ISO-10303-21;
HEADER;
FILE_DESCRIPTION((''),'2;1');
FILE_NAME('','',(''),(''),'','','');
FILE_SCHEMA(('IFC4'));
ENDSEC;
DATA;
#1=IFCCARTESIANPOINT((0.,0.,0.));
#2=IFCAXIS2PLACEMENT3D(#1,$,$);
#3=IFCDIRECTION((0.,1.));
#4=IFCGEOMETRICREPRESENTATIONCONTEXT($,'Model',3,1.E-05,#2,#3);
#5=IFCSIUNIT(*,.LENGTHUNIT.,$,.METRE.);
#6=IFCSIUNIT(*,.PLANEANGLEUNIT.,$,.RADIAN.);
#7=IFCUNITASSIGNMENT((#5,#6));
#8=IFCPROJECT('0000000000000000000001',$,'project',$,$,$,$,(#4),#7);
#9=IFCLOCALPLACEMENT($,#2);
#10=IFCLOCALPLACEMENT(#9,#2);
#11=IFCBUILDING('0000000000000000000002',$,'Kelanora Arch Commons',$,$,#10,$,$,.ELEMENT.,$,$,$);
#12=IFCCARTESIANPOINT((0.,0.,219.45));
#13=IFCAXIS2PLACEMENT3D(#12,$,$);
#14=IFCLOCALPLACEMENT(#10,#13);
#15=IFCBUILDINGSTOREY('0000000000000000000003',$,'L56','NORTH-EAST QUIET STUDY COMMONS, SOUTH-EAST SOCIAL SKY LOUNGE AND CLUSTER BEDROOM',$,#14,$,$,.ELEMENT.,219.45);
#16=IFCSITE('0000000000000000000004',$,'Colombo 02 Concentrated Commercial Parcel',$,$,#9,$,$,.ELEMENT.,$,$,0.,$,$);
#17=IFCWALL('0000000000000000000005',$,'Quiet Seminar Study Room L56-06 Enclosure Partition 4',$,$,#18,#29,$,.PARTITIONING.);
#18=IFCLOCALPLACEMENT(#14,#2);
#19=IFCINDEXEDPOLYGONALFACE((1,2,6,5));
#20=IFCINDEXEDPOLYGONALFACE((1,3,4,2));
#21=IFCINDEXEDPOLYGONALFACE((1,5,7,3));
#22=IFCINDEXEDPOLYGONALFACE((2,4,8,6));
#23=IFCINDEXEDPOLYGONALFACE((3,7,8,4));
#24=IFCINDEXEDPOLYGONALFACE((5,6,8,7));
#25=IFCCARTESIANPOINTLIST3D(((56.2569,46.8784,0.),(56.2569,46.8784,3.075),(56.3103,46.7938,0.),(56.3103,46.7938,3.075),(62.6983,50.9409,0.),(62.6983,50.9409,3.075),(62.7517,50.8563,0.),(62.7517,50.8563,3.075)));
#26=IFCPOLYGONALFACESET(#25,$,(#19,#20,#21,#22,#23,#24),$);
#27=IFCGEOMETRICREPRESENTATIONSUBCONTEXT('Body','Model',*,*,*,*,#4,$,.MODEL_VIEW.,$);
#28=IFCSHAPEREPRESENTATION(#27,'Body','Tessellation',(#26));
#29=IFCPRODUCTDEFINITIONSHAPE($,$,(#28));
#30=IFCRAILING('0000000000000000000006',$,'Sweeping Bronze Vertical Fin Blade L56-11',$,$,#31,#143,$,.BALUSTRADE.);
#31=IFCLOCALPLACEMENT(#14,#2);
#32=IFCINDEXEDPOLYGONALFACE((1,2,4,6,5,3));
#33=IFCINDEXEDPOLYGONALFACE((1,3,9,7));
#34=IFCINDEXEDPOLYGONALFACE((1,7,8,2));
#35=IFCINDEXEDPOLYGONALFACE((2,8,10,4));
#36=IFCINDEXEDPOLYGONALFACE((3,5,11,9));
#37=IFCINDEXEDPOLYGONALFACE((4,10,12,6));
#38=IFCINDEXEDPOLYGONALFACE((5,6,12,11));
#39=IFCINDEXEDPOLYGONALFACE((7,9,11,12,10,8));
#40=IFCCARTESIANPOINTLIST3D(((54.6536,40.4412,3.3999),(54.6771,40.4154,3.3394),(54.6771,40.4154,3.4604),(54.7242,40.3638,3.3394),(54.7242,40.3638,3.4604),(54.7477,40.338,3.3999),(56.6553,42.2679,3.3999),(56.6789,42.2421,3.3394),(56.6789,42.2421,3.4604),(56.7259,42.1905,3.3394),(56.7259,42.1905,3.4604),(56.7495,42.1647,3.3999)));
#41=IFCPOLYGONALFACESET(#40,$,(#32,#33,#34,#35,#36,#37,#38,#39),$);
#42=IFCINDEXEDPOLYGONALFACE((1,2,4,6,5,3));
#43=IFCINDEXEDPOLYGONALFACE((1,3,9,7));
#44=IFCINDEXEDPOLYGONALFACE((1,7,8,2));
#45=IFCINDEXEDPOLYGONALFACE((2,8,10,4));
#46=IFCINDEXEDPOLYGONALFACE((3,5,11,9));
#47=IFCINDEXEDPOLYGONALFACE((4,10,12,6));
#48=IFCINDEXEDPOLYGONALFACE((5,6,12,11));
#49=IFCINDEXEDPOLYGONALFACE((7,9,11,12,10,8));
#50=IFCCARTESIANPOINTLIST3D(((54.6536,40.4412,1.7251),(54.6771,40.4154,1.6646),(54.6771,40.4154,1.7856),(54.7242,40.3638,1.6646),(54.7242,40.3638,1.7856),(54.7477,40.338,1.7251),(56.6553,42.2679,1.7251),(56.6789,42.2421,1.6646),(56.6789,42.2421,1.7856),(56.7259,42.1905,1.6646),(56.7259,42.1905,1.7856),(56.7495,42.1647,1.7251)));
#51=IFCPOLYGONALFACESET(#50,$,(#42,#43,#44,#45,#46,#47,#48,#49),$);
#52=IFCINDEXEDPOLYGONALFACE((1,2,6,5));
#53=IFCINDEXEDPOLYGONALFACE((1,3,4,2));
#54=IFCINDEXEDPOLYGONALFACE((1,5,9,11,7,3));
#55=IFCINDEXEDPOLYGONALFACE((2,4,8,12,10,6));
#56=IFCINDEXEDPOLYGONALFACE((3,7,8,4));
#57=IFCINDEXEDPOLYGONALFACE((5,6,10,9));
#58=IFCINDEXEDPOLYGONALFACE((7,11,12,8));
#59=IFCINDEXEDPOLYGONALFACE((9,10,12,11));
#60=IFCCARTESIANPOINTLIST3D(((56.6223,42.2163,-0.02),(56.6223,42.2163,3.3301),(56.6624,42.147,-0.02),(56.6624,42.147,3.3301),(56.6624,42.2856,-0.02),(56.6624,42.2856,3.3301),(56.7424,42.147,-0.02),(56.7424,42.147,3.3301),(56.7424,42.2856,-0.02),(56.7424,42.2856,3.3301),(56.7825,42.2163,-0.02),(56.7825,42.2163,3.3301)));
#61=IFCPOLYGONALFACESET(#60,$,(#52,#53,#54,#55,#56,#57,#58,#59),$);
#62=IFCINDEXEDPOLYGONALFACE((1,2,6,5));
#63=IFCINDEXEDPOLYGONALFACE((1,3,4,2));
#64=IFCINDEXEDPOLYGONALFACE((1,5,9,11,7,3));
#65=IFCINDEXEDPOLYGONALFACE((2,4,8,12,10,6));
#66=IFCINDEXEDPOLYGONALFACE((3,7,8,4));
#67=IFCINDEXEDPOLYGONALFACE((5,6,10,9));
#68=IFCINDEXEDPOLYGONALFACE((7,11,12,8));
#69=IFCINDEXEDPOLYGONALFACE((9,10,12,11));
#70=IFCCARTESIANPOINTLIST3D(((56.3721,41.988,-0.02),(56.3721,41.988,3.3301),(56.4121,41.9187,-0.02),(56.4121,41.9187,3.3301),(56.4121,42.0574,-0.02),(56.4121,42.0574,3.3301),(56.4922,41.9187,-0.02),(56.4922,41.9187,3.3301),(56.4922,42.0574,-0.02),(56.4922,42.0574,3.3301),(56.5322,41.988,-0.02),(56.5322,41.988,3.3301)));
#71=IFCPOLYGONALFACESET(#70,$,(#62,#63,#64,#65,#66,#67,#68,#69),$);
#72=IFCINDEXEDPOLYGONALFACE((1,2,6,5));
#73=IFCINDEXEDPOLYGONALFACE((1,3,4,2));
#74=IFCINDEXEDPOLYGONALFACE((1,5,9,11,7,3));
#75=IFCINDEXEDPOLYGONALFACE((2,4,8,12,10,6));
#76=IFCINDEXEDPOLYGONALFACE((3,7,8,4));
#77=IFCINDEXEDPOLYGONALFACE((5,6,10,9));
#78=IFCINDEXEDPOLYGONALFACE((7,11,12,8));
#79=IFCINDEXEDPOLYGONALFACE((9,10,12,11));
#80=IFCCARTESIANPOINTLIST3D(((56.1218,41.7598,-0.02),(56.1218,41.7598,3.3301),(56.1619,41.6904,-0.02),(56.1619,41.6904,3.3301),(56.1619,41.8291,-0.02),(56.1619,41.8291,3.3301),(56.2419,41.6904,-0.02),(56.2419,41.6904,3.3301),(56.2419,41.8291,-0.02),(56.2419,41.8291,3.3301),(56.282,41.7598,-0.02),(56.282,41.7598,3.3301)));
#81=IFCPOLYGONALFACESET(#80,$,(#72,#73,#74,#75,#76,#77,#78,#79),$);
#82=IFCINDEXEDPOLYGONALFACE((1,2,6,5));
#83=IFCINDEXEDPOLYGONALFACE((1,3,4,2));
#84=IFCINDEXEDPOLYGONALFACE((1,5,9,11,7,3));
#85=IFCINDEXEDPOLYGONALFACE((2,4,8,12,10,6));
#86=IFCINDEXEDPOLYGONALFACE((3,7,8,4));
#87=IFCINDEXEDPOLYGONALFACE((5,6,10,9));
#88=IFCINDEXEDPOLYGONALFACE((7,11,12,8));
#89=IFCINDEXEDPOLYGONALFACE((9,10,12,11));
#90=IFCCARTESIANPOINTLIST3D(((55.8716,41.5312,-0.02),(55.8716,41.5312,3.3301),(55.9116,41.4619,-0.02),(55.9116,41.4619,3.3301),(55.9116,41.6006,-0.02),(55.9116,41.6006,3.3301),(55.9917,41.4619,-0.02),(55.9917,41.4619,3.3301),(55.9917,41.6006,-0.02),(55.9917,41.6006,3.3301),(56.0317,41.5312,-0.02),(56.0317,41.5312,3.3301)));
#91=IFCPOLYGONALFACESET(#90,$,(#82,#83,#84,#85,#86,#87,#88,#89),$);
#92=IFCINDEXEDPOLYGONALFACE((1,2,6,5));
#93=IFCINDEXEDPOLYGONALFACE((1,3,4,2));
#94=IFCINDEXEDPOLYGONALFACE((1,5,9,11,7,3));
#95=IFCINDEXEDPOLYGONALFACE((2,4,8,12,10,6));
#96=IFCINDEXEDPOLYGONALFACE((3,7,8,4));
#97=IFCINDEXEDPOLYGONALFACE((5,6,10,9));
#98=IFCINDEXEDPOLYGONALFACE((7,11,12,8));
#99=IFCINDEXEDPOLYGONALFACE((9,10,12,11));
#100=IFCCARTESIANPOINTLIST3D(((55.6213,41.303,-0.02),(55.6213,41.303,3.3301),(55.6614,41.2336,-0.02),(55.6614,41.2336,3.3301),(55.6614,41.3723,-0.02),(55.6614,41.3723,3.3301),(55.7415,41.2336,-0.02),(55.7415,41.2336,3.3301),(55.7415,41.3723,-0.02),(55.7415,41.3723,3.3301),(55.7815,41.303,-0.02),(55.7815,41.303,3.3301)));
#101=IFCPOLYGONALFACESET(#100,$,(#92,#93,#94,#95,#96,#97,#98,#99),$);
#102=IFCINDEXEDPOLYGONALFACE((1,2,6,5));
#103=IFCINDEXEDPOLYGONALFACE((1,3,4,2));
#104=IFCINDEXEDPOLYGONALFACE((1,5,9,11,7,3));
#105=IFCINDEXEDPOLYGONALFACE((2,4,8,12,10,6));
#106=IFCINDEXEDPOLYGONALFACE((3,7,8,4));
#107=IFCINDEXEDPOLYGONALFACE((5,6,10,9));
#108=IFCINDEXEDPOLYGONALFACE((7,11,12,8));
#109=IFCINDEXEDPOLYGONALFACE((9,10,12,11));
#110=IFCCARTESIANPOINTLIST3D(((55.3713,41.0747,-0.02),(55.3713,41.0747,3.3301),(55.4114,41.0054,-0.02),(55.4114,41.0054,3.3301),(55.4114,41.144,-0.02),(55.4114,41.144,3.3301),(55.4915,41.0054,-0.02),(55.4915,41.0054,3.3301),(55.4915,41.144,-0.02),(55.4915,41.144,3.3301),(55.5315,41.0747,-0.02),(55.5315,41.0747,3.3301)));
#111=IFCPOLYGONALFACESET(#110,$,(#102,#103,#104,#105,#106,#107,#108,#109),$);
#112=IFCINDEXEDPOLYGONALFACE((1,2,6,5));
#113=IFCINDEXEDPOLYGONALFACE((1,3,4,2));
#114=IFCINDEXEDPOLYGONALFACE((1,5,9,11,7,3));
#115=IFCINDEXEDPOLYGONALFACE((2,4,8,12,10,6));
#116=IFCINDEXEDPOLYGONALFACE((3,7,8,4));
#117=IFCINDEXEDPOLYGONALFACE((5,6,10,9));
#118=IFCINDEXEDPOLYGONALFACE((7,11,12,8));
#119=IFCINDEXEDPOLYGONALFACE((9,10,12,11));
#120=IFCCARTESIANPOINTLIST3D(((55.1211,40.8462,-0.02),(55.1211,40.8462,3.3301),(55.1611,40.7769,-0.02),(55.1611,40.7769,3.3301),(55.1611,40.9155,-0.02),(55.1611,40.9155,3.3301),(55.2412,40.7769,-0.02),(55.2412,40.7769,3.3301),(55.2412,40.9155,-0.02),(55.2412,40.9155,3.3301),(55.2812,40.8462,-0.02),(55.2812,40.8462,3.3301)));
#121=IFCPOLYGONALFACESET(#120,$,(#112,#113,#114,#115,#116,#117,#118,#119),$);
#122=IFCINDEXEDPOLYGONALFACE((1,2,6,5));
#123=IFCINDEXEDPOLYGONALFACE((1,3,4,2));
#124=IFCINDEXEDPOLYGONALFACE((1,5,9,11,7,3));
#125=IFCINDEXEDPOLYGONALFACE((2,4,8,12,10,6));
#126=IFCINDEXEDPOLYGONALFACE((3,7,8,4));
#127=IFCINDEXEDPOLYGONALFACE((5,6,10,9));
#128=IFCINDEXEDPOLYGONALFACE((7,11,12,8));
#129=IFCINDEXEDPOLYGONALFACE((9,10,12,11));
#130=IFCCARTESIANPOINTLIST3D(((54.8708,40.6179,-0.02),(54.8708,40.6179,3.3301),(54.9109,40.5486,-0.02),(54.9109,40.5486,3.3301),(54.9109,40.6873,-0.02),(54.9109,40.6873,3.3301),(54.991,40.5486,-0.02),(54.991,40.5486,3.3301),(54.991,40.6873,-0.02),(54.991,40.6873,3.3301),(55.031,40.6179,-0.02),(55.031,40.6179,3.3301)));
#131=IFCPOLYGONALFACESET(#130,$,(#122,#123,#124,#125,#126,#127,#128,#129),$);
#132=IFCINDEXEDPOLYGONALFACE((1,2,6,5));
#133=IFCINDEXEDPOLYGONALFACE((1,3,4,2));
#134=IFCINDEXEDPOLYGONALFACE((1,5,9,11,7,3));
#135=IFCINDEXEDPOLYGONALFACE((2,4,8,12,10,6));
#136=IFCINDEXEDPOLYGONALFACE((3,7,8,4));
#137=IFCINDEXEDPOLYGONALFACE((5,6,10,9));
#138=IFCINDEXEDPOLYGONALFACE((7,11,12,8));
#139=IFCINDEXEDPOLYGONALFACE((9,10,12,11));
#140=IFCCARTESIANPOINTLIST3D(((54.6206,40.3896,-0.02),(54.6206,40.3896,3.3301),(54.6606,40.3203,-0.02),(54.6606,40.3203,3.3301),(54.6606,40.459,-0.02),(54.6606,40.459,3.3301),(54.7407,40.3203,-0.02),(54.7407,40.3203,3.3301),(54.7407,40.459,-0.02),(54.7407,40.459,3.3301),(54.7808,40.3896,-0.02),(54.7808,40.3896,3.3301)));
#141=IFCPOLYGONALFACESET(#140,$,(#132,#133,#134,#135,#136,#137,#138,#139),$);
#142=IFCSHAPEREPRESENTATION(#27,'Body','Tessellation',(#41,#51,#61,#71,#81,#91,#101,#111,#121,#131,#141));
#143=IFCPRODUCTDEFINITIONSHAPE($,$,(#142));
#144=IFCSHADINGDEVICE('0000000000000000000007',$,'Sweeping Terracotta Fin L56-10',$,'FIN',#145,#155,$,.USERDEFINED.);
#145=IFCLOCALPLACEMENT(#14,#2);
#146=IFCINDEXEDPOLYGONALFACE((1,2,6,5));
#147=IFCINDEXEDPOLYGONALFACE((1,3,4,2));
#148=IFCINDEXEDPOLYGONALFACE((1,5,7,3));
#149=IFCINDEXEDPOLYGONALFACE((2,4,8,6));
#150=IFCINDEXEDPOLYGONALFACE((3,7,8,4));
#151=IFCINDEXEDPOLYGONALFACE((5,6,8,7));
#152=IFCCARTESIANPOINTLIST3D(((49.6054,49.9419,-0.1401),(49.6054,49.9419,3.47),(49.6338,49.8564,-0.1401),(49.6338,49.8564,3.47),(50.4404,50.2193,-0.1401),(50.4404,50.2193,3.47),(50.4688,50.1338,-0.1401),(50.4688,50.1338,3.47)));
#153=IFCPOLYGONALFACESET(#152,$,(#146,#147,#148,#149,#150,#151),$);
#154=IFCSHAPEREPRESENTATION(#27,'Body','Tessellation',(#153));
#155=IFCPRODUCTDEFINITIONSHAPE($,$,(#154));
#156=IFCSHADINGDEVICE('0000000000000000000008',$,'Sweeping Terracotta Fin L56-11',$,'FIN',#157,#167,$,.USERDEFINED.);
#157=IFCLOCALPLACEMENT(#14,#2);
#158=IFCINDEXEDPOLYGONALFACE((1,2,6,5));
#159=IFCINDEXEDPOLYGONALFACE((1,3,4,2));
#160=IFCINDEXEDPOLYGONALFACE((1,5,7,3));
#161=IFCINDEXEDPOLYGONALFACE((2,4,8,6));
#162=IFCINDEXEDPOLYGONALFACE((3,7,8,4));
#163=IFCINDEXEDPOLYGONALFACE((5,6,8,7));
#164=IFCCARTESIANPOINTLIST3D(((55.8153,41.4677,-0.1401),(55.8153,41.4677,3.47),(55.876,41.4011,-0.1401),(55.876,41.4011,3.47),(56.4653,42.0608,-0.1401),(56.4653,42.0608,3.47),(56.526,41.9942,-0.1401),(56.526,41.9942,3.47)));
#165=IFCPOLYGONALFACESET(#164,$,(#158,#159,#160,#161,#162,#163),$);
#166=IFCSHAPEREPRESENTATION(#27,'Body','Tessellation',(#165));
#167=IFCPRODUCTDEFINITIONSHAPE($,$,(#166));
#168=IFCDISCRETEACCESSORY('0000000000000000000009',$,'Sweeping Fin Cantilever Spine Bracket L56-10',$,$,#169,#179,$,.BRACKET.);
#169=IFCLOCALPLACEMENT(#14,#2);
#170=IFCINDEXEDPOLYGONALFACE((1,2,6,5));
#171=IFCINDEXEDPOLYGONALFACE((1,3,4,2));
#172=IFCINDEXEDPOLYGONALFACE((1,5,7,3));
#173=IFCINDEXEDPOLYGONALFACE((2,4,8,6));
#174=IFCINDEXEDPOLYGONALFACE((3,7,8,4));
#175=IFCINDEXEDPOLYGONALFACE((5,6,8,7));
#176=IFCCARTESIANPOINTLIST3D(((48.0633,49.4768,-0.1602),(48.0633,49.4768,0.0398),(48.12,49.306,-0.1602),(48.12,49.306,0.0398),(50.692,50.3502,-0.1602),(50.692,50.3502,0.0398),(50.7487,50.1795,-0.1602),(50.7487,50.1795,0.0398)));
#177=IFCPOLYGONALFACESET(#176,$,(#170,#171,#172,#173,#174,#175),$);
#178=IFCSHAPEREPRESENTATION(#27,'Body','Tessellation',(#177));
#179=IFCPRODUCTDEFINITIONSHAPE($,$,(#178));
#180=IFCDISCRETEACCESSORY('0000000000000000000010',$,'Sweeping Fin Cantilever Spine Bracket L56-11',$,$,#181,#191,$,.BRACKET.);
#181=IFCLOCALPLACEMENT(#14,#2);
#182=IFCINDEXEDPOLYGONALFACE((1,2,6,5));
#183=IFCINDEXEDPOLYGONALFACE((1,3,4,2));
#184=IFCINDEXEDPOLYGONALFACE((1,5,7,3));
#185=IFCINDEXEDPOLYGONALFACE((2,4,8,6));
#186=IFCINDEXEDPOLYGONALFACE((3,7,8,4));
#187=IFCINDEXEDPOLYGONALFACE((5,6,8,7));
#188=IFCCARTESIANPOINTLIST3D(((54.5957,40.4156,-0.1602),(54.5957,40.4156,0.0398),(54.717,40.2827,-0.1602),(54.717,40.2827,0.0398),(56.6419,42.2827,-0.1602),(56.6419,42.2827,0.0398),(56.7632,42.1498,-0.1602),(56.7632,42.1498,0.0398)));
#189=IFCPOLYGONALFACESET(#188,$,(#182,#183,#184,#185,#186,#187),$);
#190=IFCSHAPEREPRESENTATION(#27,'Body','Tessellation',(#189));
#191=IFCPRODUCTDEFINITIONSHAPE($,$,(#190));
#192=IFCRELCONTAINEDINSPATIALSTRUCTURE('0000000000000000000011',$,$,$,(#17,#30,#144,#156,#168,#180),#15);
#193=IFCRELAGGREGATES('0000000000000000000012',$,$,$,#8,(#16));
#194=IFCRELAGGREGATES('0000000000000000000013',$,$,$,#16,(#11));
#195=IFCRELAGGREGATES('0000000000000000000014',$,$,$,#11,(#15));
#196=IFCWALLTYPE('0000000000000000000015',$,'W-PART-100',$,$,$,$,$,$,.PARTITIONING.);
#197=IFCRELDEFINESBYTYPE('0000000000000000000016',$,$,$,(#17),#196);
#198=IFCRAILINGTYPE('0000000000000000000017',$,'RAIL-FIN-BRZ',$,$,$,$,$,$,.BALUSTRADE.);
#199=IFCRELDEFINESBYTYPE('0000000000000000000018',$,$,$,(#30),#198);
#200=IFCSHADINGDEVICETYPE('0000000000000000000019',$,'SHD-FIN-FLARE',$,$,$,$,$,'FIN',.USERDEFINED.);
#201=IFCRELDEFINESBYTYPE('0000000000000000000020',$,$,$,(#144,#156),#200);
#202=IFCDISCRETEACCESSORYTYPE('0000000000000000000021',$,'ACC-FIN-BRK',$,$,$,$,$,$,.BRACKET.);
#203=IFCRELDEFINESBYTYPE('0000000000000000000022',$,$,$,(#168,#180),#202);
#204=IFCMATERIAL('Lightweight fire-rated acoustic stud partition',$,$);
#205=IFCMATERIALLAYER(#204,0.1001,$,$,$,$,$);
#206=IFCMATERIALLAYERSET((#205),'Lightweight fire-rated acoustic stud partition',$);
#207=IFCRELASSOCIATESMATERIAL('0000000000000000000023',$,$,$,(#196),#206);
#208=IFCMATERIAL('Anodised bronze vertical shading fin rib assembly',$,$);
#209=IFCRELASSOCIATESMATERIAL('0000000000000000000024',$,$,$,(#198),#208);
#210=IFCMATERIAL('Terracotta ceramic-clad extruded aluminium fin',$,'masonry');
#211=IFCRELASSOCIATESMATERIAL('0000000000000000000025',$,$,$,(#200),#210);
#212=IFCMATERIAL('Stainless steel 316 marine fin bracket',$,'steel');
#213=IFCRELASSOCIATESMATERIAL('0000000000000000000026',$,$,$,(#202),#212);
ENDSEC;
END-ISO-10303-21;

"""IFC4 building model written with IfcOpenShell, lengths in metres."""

from ifc_helpers import new_model, si_unit, direction, frame, frame_2d, origin, origin_2d, place, context, subcontext, project, spatial, polyline, rectangle, outline, extrude, source, transform, mapped, material, layer, layer_set, type_object, element, save


model = new_model("IFC4")

# Units and contexts
model_context = context("Model", 3, precision=1e-05, world=origin(), true_north=direction((0.0, 1.0)))
body_context = subcontext(model_context, "Body", "Model", "MODEL_VIEW")
ifc_project = project(units=[si_unit("LENGTHUNIT", "METRE"), si_unit("PLANEANGLEUNIT", "RADIAN")], contexts=[model_context])

# Site, building, storey
site_placement = place(None, origin())
site = spatial("IfcSite", under=ifc_project, at=site_placement, Name="Colombo 02 Concentrated Commercial Parcel", CompositionType="ELEMENT", RefElevation=0.0)
building_placement = place(site_placement, origin())
building = spatial("IfcBuilding", under=site, at=building_placement, Name="Kelanora Arch Commons", CompositionType="ELEMENT")
storey_placement = place(building_placement, frame((0.0, 0.0, 219.45)))
storey = spatial("IfcBuildingStorey", under=building, at=storey_placement, Name="L56", Description="NORTH-EAST QUIET STUDY COMMONS, SOUTH-EAST SOCIAL SKY LOUNGE AND CLUSTER BEDROOM", CompositionType="ELEMENT", Elevation=219.45)

# Wall
ifc_material_1 = material(Name="Lightweight fire-rated acoustic stud partition")
ifc_layer_1 = layer(ifc_material_1, 0.1001)
ifc_layer_set_1 = layer_set([ifc_layer_1], Name="Lightweight fire-rated acoustic stud partition")
wall_type_1 = type_object("IfcWallType", Name="W-PART-100", PredefinedType="PARTITIONING", material=ifc_layer_set_1)
wall_1_placement = place(storey_placement, frame((56.2837, 46.8362, 0.0), z_axis=(0.0, 0.0, 1.0), x_axis=(0.84583, 0.533453, 0.0)))
element("IfcWall", 1, at=wall_1_placement, inside=storey, type_object=wall_type_1, Name="Quiet Seminar Study Room L56-06 Enclosure Partition 4", PredefinedType="PARTITIONING", context=body_context, shape_type="SweptSolid", body=[
    extrude(rectangle(XDim=7.6155, YDim=0.1001, at=frame_2d((3.8076, 0.0))), origin(), (0.0, 0.0, 1.0), 3.075),
])

# Railing
ifc_material_2 = material(Name="Anodised bronze vertical shading fin rib assembly")
railing_type = type_object("IfcRailingType", Name="RAIL-FIN-BRZ", PredefinedType="BALUSTRADE", material=ifc_material_2)
railing_placement = place(storey_placement, frame((56.7024, 42.2163, -0.02)))
element("IfcRailing", 2, at=railing_placement, inside=storey, type_object=railing_type, Name="Sweeping Bronze Vertical Fin Blade L56-11", PredefinedType="BALUSTRADE", context=body_context, shape_type="SweptSolid", body=[
    extrude(outline(polyline([(0.0698, 0.0), (0.0349, 0.0605), (-0.0349, 0.0605), (-0.0698, 0.0), (-0.0349, -0.0605), (0.0349, -0.0605), (0.0698, 0.0)])), frame((0.0, 0.0, 3.4199), z_axis=(-0.738667, -0.674071, 0.0), x_axis=(0.674071, -0.738667, 0.0)), (0.0, 0.0, 1.0), 2.71),
    extrude(outline(polyline([(0.0698, 0.0), (0.0349, 0.0605), (-0.0349, 0.0605), (-0.0698, 0.0), (-0.0349, -0.0605), (0.0349, -0.0605), (0.0698, 0.0)])), frame((0.0, 0.0, 1.7451), z_axis=(-0.738667, -0.674071, 0.0), x_axis=(0.674071, -0.738667, 0.0)), (0.0, 0.0, 1.0), 2.71),
    extrude(outline(polyline([(0.0801, 0.0), (0.04, 0.0693), (-0.04, 0.0693), (-0.0801, 0.0), (-0.04, -0.0693), (0.04, -0.0693), (0.0801, 0.0)])), origin(), (0.0, 0.0, 1.0), 3.3501),
    extrude(outline(polyline([(0.0801, 0.0), (0.04, 0.0693), (-0.04, 0.0693), (-0.0801, 0.0), (-0.04, -0.0693), (0.04, -0.0693), (0.0801, 0.0)])), frame((-0.2502, -0.2283, 0.0)), (0.0, 0.0, 1.0), 3.3501),
    extrude(outline(polyline([(0.0801, 0.0), (0.04, 0.0693), (-0.04, 0.0693), (-0.0801, 0.0), (-0.04, -0.0693), (0.04, -0.0693), (0.0801, 0.0)])), frame((-0.5005, -0.4565, 0.0)), (0.0, 0.0, 1.0), 3.3501),
    extrude(outline(polyline([(0.0801, 0.0), (0.04, 0.0693), (-0.04, 0.0693), (-0.0801, 0.0), (-0.04, -0.0693), (0.04, -0.0693), (0.0801, 0.0)])), frame((-0.7507, -0.6851, 0.0)), (0.0, 0.0, 1.0), 3.3501),
    extrude(outline(polyline([(0.0801, 0.0), (0.04, 0.0693), (-0.04, 0.0693), (-0.0801, 0.0), (-0.04, -0.0693), (0.04, -0.0693), (0.0801, 0.0)])), frame((-1.001, -0.9133, 0.0)), (0.0, 0.0, 1.0), 3.3501),
    extrude(outline(polyline([(0.0801, 0.0), (0.04, 0.0693), (-0.04, 0.0693), (-0.0801, 0.0), (-0.04, -0.0693), (0.04, -0.0693), (0.0801, 0.0)])), frame((-1.251, -1.1416, 0.0)), (0.0, 0.0, 1.0), 3.3501),
    extrude(outline(polyline([(0.0801, 0.0), (0.04, 0.0693), (-0.04, 0.0693), (-0.0801, 0.0), (-0.04, -0.0693), (0.04, -0.0693), (0.0801, 0.0)])), frame((-1.5012, -1.3701, 0.0)), (0.0, 0.0, 1.0), 3.3501),
    extrude(outline(polyline([(0.0801, 0.0), (0.04, 0.0693), (-0.04, 0.0693), (-0.0801, 0.0), (-0.04, -0.0693), (0.04, -0.0693), (0.0801, 0.0)])), frame((-1.7515, -1.5984, 0.0)), (0.0, 0.0, 1.0), 3.3501),
    extrude(outline(polyline([(0.0801, 0.0), (0.04, 0.0693), (-0.04, 0.0693), (-0.0801, 0.0), (-0.04, -0.0693), (0.04, -0.0693), (0.0801, 0.0)])), frame((-2.0017, -1.8267, 0.0)), (0.0, 0.0, 1.0), 3.3501),
])

# Shading devices
ifc_material_3 = material(Name="Terracotta ceramic-clad extruded aluminium fin", Category="masonry")
shading_device_type = type_object("IfcShadingDeviceType", Name="SHD-FIN-FLARE", ElementType="FIN", PredefinedType="USERDEFINED", material=ifc_material_3)
shared_shape_1 = source(origin(), body_context, "Body", "SweptSolid", [
    extrude(rectangle(XDim=0.8799, YDim=0.0901, at=origin_2d()), origin(), (0.0, 0.0, 1.0), 3.6101),
])
for number, where, z_axis, x_axis, name in (
    (3, (50.0371, 50.0378, -0.1401), (0.0, 0.0, 1.0), (-0.948986, -0.315318, 0.0), "Sweeping Terracotta Fin L56-10"),
    (4, (56.1707, 41.731, -0.1401), (0.0, 0.0, 1.0), (-0.738691, -0.674045, 0.0), "Sweeping Terracotta Fin L56-11"),
):
    element("IfcShadingDevice", number, at=place(storey_placement, frame(where, z_axis=z_axis, x_axis=x_axis)), inside=storey, type_object=shading_device_type, Name=name, ObjectType="FIN", PredefinedType="USERDEFINED", context=body_context, shape_type="MappedRepresentation", body=[
        mapped(shared_shape_1, transform((0.0, 0.0, 0.0), scale=1.0)),
    ])

# Discrete accessories
ifc_material_4 = material(Name="Stainless steel 316 marine fin bracket", Category="steel")
discrete_accessory_type = type_object("IfcDiscreteAccessoryType", Name="ACC-FIN-BRK", PredefinedType="BRACKET", material=ifc_material_4)
shared_shape_2 = source(origin(), body_context, "Body", "SweptSolid", [
    extrude(rectangle(XDim=2.77, YDim=0.1799, at=origin_2d()), origin(), (0.0, 0.0, 1.0), 0.2),
])
for number, where, z_axis, x_axis, name in (
    (5, (49.406, 49.8281, -0.1602), (0.0, 0.0, 1.0), (-0.948986, -0.315318, 0.0), "Sweeping Fin Cantilever Spine Bracket L56-10"),
    (6, (55.6794, 41.2827, -0.1602), (0.0, 0.0, 1.0), (-0.738691, -0.674045, 0.0), "Sweeping Fin Cantilever Spine Bracket L56-11"),
):
    element("IfcDiscreteAccessory", number, at=place(storey_placement, frame(where, z_axis=z_axis, x_axis=x_axis)), inside=storey, type_object=discrete_accessory_type, Name=name, PredefinedType="BRACKET", context=body_context, shape_type="MappedRepresentation", body=[
        mapped(shared_shape_2, transform((0.0, 0.0, 0.0), scale=1.0)),
    ])

save(model, "model.ifc")
